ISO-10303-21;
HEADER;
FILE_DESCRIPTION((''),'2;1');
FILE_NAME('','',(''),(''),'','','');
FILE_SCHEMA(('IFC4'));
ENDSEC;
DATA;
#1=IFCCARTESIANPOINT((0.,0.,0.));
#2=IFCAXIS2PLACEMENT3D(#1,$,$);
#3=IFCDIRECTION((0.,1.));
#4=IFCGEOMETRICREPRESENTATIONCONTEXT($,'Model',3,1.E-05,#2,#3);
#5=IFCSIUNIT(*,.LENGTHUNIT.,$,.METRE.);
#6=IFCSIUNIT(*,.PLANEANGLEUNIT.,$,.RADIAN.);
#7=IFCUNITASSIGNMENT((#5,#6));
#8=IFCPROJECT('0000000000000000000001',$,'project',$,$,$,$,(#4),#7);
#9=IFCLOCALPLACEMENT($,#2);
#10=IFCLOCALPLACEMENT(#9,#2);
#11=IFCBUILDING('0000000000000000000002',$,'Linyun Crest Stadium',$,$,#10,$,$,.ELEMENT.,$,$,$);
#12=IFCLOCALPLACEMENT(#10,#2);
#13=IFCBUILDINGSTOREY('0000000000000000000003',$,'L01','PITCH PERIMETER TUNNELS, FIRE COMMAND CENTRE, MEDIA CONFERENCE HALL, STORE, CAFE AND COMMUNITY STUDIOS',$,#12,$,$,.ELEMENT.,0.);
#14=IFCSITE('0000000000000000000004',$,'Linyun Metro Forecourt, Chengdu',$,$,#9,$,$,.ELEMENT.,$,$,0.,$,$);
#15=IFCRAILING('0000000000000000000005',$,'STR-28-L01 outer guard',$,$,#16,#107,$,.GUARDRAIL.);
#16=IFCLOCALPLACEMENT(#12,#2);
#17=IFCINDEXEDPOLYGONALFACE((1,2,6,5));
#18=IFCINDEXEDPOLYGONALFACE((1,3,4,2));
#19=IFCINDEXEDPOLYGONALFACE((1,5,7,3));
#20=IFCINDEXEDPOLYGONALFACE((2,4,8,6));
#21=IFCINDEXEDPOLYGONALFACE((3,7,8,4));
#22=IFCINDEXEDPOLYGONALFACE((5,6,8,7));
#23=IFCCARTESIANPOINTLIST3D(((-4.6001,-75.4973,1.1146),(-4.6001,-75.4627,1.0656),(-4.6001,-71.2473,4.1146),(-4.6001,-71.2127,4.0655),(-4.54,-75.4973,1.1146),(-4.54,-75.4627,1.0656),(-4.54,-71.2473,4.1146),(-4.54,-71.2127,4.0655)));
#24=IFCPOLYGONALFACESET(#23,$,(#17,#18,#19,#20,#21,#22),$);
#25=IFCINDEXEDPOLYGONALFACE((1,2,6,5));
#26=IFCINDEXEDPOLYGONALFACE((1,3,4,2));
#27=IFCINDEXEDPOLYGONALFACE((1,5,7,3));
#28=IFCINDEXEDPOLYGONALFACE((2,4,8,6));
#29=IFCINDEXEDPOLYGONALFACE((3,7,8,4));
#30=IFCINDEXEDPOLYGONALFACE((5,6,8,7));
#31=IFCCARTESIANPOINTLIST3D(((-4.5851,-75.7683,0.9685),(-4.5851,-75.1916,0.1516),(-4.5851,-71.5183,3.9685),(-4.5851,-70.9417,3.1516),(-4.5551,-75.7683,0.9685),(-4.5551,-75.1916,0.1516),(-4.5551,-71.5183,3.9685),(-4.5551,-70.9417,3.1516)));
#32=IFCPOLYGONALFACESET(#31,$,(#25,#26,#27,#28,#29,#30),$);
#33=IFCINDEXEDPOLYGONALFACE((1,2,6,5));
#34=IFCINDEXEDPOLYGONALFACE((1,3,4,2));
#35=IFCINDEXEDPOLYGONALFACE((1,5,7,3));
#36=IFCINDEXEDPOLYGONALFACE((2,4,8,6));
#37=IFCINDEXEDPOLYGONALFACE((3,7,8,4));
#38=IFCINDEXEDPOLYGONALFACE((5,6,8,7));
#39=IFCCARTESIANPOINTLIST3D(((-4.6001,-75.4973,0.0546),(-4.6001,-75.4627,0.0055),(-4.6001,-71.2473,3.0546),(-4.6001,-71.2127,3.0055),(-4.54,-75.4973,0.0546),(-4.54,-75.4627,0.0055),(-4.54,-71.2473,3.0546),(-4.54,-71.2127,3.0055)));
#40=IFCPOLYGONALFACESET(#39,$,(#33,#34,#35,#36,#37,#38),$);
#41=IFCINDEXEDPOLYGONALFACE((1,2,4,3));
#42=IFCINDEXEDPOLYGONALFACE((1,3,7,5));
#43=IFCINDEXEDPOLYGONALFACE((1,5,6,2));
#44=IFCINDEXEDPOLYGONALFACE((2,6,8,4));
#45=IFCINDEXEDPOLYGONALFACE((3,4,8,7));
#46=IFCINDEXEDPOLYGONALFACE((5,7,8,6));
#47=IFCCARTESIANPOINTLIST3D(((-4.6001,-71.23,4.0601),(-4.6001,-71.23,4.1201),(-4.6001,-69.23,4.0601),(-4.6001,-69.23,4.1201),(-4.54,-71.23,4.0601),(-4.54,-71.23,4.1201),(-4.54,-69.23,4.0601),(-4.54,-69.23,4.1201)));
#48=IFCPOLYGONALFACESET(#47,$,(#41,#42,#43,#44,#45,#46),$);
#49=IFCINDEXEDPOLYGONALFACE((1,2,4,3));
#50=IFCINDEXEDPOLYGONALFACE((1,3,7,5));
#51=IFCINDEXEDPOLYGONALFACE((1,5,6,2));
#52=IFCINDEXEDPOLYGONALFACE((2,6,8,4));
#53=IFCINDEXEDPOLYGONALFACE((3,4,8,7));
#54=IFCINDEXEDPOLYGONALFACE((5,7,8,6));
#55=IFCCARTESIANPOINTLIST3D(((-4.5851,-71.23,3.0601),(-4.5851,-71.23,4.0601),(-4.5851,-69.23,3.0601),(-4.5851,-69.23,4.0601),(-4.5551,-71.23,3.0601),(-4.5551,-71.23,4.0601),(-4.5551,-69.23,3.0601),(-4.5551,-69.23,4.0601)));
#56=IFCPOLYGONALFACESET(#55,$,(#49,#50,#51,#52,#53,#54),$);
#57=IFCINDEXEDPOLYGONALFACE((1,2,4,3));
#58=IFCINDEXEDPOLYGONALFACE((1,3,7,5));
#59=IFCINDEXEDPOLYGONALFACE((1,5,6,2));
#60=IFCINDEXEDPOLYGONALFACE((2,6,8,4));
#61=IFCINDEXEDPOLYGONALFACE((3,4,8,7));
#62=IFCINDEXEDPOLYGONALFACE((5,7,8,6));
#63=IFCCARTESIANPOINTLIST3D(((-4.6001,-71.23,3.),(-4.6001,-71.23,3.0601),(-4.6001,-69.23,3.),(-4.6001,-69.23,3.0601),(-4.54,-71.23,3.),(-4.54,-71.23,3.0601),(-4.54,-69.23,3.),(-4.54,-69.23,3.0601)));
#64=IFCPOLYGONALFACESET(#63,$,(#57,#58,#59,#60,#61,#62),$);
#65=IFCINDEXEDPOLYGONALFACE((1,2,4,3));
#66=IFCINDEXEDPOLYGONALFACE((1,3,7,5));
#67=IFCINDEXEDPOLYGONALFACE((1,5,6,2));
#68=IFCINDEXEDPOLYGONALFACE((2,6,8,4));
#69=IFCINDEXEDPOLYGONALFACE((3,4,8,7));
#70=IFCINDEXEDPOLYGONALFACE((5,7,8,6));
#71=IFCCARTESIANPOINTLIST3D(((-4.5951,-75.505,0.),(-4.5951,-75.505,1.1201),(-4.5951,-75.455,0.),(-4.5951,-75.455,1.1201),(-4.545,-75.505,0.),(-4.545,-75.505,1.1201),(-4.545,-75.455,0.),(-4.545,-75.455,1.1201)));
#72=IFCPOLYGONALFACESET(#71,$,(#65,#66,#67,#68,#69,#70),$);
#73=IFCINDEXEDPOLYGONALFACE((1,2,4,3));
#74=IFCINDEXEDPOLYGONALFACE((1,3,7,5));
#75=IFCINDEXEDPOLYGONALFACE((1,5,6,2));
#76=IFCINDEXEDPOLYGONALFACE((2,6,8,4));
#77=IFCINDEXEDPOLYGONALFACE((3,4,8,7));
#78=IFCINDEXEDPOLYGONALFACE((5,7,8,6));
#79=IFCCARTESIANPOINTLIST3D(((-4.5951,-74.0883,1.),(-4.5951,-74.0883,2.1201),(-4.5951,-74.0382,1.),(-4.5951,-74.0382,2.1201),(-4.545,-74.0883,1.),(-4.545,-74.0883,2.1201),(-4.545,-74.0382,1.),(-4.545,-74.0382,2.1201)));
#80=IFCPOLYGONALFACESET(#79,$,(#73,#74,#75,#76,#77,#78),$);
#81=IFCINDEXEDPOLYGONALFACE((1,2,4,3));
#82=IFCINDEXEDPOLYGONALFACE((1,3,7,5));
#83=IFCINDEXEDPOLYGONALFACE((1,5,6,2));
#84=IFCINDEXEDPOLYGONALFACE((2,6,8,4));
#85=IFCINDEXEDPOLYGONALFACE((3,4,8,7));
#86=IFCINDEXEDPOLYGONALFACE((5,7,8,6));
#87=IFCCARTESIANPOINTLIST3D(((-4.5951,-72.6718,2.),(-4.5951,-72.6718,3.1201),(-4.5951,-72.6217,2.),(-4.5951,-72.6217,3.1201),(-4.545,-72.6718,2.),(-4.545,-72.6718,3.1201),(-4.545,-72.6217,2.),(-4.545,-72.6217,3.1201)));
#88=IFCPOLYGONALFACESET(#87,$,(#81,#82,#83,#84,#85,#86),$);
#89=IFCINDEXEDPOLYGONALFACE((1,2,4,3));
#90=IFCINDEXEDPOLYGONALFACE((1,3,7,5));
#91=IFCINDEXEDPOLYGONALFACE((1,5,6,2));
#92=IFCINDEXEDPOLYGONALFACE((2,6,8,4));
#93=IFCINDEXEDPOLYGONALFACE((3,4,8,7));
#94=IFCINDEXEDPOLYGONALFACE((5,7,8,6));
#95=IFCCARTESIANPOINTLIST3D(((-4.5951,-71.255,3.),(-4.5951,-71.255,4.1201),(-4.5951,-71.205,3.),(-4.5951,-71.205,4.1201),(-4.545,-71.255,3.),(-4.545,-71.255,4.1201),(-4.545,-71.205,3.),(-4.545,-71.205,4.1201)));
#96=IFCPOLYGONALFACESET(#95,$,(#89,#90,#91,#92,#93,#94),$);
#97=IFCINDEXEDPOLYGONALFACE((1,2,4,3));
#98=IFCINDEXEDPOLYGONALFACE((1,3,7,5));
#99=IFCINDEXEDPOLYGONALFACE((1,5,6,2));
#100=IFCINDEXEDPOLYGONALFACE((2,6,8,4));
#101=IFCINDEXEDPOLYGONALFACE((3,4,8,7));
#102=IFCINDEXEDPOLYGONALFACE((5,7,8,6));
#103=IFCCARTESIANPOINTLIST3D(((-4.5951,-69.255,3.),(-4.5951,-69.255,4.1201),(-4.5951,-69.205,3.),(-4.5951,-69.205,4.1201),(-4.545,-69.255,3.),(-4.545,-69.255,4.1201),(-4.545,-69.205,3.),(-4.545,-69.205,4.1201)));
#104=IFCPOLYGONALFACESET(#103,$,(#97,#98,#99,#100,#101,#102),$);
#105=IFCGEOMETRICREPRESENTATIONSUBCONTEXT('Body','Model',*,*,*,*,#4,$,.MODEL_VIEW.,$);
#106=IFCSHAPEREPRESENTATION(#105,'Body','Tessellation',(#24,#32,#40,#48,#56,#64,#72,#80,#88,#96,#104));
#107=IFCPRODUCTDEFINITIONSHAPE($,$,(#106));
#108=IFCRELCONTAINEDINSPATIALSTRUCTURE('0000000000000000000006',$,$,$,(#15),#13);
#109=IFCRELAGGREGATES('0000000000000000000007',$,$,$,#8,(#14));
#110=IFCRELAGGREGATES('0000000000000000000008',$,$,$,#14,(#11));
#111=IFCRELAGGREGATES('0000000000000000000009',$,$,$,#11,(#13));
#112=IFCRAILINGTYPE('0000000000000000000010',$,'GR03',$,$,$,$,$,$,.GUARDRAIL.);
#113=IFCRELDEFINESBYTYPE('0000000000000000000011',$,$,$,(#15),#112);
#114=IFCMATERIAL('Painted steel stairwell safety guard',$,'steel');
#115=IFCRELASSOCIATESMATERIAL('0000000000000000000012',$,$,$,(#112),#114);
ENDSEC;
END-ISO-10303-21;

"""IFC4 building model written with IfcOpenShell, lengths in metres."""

from ifc_helpers import new_model, si_unit, direction, frame, origin, origin_2d, place, context, subcontext, project, spatial, rectangle, extrude, material, type_object, element, save


model = new_model("IFC4")

# Units and contexts
model_context = context("Model", 3, precision=1e-05, world=origin(), true_north=direction((0.0, 1.0)))
body_context = subcontext(model_context, "Body", "Model", "MODEL_VIEW")
ifc_project = project(units=[si_unit("LENGTHUNIT", "METRE"), si_unit("PLANEANGLEUNIT", "RADIAN")], contexts=[model_context])

# Site, building, storey
site_placement = place(None, origin())
site = spatial("IfcSite", under=ifc_project, at=site_placement, Name="Linyun Metro Forecourt, Chengdu", CompositionType="ELEMENT", RefElevation=0.0)
building_placement = place(site_placement, origin())
building = spatial("IfcBuilding", under=site, at=building_placement, Name="Linyun Crest Stadium", CompositionType="ELEMENT")
storey_placement = place(building_placement, origin())
storey = spatial("IfcBuildingStorey", under=building, at=storey_placement, Name="L01", Description="PITCH PERIMETER TUNNELS, FIRE COMMAND CENTRE, MEDIA CONFERENCE HALL, STORE, CAFE AND COMMUNITY STUDIOS", CompositionType="ELEMENT", Elevation=0.0)

# Railing
ifc_material_1 = material(Name="Painted steel stairwell safety guard", Category="steel")
railing_type_1 = type_object("IfcRailingType", Name="GR03", PredefinedType="GUARDRAIL", material=ifc_material_1)
railing_1_placement = place(storey_placement, frame((-4.5701, -75.48, 0.0)))
element("IfcRailing", 1, at=railing_1_placement, inside=storey, type_object=railing_type_1, Name="STR-28-L01 outer guard", PredefinedType="GUARDRAIL", context=body_context, shape_type="SweptSolid", body=[
    extrude(rectangle(XDim=0.0601, YDim=0.0601, at=origin_2d()), frame((0.0, 0.0, 1.0901), z_axis=(0.0, 0.816968, 0.576683), x_axis=(-1.0, 0.0, 0.0)), (0.0, 0.0, 1.0), 5.2021),
    extrude(rectangle(XDim=0.03, YDim=1.0, at=origin_2d()), frame((0.0, 0.0, 0.5601), z_axis=(0.0, 0.816968, 0.576683), x_axis=(-1.0, 0.0, 0.0)), (0.0, 0.0, 1.0), 5.2021),
    extrude(rectangle(XDim=0.0601, YDim=0.0601, at=origin_2d()), frame((0.0, 0.0, 0.03), z_axis=(0.0, 0.816968, 0.576683), x_axis=(-1.0, 0.0, 0.0)), (0.0, 0.0, 1.0), 5.2021),
    extrude(rectangle(XDim=0.0601, YDim=0.0601, at=origin_2d()), frame((0.0, 4.25, 4.0901), z_axis=(0.0, 1.0, 0.0), x_axis=(-1.0, 0.0, 0.0)), (0.0, 0.0, 1.0), 2.0),
    extrude(rectangle(XDim=0.03, YDim=1.0, at=origin_2d()), frame((0.0, 4.25, 3.5601), z_axis=(0.0, 1.0, 0.0), x_axis=(-1.0, 0.0, 0.0)), (0.0, 0.0, 1.0), 2.0),
    extrude(rectangle(XDim=0.0601, YDim=0.0601, at=origin_2d()), frame((0.0, 4.25, 3.03), z_axis=(0.0, 1.0, 0.0), x_axis=(-1.0, 0.0, 0.0)), (0.0, 0.0, 1.0), 2.0),
    extrude(rectangle(XDim=0.05, YDim=0.05, at=origin_2d()), origin(), (0.0, 0.0, 1.0), 1.1201),
    extrude(rectangle(XDim=0.05, YDim=0.05, at=origin_2d()), frame((0.0, 1.4167, 1.0)), (0.0, 0.0, 1.0), 1.1201),
    extrude(rectangle(XDim=0.05, YDim=0.05, at=origin_2d()), frame((0.0, 2.8333, 2.0)), (0.0, 0.0, 1.0), 1.1201),
    extrude(rectangle(XDim=0.05, YDim=0.05, at=origin_2d()), frame((0.0, 4.25, 3.0)), (0.0, 0.0, 1.0), 1.1201),
    extrude(rectangle(XDim=0.05, YDim=0.05, at=origin_2d()), frame((0.0, 6.25, 3.0)), (0.0, 0.0, 1.0), 1.1201),
])

save(model, "model.ifc")
